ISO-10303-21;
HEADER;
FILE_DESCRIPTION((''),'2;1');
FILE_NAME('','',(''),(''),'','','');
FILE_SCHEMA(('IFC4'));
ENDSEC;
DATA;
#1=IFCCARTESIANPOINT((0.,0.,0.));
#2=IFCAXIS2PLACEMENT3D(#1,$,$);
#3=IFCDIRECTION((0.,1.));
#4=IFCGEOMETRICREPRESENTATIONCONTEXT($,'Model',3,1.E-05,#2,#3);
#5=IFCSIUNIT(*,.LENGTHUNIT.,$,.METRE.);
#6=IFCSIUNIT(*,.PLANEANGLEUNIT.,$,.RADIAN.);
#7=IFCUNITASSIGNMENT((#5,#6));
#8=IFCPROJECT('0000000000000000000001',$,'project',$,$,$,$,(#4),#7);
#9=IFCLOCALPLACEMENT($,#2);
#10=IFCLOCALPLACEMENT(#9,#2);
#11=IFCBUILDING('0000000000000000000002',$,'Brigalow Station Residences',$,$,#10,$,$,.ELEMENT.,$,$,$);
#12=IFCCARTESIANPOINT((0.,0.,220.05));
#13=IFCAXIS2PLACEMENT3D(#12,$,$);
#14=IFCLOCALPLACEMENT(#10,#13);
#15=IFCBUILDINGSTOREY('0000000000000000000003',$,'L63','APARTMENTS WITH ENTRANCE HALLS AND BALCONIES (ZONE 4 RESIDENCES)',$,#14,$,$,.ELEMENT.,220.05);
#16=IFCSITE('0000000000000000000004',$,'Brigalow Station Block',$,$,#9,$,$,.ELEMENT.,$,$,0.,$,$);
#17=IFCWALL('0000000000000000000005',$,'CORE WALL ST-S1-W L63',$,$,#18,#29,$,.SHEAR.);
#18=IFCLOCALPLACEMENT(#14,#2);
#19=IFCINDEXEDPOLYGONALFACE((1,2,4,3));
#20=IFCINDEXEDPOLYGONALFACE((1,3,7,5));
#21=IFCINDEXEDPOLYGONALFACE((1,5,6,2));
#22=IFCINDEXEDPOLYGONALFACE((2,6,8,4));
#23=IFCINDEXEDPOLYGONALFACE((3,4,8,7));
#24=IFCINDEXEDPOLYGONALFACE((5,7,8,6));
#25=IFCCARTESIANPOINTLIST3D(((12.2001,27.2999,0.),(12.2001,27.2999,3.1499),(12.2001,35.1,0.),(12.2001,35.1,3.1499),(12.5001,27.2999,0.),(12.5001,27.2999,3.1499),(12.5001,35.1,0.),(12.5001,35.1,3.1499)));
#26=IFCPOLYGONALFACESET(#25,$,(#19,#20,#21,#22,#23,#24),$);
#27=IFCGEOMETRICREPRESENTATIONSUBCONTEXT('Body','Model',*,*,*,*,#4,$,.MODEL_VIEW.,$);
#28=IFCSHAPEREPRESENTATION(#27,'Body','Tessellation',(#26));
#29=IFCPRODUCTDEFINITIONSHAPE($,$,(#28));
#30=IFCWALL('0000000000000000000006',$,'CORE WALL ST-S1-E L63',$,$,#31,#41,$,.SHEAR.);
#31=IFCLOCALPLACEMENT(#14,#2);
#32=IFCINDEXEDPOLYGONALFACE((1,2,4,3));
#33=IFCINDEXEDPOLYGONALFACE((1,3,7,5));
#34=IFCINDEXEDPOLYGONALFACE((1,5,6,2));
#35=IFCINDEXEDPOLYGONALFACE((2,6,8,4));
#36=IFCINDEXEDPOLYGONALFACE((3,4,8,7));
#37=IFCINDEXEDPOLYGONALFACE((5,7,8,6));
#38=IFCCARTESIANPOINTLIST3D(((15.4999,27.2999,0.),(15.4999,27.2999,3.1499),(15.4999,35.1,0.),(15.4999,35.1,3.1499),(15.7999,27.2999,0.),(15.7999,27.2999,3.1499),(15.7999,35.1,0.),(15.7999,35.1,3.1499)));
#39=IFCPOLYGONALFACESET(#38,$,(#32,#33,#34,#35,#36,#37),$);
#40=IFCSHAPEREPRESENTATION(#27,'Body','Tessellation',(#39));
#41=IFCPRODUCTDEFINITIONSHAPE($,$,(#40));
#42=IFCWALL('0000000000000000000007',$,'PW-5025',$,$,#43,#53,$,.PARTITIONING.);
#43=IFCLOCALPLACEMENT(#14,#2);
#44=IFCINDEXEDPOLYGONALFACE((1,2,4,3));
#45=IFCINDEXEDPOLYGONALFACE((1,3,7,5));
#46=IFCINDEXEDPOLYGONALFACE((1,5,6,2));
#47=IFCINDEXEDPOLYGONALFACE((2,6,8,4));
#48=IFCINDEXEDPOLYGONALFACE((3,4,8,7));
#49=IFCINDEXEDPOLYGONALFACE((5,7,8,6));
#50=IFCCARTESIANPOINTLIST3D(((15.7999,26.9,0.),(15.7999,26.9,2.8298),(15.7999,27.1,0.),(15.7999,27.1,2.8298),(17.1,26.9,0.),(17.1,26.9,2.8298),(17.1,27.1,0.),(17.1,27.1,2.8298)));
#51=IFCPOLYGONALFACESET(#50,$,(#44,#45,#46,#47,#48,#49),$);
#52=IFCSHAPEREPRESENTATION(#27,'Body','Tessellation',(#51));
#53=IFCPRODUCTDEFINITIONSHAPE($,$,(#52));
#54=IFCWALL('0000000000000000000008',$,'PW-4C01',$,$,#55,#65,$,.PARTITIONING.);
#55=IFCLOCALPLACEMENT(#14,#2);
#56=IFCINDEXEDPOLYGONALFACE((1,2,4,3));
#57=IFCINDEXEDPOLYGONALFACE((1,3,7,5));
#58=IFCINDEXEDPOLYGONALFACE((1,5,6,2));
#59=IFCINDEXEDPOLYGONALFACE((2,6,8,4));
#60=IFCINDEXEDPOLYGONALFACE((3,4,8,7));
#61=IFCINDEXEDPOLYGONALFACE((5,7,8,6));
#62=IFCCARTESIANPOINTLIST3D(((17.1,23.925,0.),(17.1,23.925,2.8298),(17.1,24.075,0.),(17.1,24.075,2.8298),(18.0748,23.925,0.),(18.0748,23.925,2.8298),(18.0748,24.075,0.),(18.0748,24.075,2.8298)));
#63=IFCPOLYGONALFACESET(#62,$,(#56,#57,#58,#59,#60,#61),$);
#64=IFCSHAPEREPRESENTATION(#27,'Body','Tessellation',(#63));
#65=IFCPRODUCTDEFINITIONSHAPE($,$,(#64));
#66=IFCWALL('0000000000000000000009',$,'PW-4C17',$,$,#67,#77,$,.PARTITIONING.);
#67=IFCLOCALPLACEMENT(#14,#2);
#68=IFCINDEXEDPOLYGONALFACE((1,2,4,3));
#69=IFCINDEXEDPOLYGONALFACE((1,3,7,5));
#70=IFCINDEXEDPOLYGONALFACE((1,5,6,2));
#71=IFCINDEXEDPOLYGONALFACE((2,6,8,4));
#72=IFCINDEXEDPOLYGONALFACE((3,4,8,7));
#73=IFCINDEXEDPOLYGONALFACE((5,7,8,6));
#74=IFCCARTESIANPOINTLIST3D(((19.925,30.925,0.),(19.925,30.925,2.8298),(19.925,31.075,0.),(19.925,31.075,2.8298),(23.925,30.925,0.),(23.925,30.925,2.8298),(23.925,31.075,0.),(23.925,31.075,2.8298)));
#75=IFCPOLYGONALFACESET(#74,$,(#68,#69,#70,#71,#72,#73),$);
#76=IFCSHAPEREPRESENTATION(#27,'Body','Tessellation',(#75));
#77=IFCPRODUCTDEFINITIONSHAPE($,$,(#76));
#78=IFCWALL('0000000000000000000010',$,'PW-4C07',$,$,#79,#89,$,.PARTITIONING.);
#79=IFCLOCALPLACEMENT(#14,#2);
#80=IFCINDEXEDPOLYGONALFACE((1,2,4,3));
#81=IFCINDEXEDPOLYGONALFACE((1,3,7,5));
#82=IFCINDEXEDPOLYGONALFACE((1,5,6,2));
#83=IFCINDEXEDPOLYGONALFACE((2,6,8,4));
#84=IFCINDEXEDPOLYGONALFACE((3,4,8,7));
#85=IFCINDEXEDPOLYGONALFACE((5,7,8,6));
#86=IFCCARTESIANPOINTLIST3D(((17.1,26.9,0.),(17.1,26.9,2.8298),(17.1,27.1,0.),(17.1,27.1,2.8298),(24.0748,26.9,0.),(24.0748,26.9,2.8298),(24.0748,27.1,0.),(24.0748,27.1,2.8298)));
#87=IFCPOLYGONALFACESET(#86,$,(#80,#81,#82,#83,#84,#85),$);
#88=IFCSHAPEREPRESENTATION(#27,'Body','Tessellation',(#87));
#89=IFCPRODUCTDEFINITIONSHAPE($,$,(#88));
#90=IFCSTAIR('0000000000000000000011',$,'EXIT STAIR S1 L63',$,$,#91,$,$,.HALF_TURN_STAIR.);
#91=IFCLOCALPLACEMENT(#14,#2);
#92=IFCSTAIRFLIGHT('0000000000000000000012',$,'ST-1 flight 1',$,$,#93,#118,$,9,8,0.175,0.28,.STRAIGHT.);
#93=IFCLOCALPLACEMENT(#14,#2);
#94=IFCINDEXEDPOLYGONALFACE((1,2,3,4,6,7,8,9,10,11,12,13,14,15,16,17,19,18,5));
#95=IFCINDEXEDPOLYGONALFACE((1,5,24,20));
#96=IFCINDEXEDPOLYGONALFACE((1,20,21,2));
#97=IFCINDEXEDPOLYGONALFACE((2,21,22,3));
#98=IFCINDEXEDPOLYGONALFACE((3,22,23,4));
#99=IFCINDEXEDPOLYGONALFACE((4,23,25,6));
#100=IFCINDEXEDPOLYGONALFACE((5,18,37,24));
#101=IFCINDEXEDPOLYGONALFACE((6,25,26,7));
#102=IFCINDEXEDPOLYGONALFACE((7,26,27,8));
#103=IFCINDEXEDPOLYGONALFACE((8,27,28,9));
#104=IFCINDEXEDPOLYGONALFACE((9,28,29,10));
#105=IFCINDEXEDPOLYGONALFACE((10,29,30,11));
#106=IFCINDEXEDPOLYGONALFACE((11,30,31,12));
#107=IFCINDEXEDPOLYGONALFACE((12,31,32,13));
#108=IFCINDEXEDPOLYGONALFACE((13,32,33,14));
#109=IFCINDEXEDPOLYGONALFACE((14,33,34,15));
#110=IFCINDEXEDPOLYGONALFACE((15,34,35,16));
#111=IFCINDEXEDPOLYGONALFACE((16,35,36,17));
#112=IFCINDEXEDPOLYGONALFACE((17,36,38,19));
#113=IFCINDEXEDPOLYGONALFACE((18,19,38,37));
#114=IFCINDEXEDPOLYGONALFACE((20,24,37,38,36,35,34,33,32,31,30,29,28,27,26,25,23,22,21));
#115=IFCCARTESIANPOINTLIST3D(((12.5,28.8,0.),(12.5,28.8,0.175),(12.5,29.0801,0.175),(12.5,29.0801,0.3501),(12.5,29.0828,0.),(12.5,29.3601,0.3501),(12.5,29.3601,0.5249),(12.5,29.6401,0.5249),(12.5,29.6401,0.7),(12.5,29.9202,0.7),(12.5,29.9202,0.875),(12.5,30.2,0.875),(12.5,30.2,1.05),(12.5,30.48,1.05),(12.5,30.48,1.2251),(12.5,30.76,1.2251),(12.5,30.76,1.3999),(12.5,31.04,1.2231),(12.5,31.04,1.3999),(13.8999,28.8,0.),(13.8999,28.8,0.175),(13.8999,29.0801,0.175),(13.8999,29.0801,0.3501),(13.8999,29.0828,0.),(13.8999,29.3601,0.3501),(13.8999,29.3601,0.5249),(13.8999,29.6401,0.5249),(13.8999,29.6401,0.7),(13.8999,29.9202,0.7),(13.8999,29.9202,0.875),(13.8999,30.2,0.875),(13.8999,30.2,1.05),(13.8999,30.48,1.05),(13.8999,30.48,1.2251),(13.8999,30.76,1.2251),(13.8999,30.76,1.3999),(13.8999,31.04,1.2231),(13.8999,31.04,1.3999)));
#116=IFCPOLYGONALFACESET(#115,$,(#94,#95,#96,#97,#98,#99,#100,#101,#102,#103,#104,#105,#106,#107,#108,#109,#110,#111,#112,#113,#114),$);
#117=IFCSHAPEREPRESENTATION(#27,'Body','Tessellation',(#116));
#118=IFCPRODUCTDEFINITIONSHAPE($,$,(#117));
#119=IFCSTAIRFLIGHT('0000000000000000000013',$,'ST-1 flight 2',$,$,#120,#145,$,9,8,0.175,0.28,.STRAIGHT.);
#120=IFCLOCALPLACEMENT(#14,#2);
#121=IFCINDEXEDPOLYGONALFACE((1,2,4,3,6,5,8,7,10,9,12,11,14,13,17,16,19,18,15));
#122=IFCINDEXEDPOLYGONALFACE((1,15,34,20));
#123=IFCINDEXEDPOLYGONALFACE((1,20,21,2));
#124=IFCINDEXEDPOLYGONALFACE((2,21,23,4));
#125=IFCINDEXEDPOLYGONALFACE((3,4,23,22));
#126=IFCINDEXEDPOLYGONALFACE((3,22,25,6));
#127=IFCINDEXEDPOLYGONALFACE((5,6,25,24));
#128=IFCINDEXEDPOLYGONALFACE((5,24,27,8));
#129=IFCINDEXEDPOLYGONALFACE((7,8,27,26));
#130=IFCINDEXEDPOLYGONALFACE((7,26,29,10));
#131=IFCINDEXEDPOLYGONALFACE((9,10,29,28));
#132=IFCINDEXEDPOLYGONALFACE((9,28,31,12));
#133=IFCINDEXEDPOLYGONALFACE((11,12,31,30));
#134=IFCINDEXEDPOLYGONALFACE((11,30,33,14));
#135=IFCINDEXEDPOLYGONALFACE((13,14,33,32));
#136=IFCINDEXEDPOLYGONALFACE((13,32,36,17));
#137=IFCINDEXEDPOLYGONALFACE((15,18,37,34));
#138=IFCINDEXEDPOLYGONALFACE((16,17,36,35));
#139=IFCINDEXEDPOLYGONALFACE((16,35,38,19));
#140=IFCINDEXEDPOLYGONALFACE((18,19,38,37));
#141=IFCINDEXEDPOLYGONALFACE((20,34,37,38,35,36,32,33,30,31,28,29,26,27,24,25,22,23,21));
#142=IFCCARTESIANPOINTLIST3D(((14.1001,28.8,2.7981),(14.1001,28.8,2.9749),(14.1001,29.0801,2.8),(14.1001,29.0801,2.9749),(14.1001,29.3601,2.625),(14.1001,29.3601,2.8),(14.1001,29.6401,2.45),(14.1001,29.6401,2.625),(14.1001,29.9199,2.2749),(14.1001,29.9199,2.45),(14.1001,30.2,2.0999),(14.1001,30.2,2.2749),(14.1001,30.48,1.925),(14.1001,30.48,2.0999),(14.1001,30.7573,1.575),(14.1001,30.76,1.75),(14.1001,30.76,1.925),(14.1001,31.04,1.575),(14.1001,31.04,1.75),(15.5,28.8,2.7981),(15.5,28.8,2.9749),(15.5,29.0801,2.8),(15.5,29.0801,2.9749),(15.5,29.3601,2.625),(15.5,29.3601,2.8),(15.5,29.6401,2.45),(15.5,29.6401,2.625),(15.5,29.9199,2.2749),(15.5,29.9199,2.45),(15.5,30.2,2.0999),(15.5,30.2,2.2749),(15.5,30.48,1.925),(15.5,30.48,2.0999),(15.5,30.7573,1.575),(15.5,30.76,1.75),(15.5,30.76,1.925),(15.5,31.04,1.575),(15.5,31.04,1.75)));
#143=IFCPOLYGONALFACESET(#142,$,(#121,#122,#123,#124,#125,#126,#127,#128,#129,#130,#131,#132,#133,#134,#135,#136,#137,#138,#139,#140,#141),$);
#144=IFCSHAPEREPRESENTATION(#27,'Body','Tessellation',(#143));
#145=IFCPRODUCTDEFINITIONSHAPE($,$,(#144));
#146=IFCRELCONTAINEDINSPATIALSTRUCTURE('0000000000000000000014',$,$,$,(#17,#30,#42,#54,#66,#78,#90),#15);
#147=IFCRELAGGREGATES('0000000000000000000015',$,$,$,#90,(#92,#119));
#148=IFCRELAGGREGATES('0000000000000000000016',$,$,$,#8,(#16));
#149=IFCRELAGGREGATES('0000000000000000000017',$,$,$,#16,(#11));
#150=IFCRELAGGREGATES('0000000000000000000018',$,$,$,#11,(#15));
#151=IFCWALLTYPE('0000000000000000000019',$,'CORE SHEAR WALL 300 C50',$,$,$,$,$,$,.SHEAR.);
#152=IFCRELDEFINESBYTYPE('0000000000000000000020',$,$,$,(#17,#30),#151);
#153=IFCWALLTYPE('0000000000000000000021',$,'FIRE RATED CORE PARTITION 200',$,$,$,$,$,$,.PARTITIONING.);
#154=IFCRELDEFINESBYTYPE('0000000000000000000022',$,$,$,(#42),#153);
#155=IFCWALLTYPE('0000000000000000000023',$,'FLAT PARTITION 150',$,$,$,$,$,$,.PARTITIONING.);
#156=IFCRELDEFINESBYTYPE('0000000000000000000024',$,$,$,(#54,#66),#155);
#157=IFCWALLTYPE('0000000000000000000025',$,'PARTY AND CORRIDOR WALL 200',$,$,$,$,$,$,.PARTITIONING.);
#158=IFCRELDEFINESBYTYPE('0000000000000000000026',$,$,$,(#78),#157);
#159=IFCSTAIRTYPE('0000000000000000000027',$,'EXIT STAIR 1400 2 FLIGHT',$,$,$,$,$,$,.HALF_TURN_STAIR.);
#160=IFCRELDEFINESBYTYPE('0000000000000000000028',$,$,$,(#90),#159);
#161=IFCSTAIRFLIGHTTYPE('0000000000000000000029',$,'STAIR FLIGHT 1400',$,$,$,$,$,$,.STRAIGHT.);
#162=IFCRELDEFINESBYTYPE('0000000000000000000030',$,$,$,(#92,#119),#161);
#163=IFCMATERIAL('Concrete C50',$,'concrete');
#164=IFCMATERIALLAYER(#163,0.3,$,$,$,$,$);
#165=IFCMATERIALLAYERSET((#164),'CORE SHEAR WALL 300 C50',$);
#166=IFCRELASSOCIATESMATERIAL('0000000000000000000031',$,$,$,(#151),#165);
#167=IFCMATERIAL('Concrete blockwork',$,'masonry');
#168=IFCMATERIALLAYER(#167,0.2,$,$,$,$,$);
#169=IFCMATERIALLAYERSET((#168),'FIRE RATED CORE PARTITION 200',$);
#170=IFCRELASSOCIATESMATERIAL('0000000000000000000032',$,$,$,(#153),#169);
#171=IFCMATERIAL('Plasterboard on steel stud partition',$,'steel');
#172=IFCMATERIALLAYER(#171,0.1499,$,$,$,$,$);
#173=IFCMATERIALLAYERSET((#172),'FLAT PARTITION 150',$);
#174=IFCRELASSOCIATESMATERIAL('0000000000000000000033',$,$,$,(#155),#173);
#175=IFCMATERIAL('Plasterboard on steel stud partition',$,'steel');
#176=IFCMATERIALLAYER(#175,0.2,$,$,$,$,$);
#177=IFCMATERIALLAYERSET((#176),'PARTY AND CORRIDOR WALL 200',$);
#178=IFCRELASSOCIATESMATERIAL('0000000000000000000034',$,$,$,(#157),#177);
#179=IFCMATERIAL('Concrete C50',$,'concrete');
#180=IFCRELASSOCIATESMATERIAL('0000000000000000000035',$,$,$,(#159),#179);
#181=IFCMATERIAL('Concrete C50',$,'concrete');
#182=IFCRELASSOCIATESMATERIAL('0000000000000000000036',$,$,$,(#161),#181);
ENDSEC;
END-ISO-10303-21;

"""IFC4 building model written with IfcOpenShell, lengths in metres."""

from ifc_helpers import new_model, si_unit, direction, frame, frame_2d, origin, place, context, subcontext, project, spatial, polyline, rectangle, outline, extrude, material, layer, layer_set, type_object, element, aggregate, save


model = new_model("IFC4")

# Units and contexts
model_context = context("Model", 3, precision=1e-05, world=origin(), true_north=direction((0.0, 1.0)))
body_context = subcontext(model_context, "Body", "Model", "MODEL_VIEW")
ifc_project = project(units=[si_unit("LENGTHUNIT", "METRE"), si_unit("PLANEANGLEUNIT", "RADIAN")], contexts=[model_context])

# Site, building, storey
site_placement = place(None, origin())
site = spatial("IfcSite", under=ifc_project, at=site_placement, Name="Brigalow Station Block", CompositionType="ELEMENT", RefElevation=0.0)
building_placement = place(site_placement, origin())
building = spatial("IfcBuilding", under=site, at=building_placement, Name="Brigalow Station Residences", CompositionType="ELEMENT")
storey_placement = place(building_placement, frame((0.0, 0.0, 220.05)))
storey = spatial("IfcBuildingStorey", under=building, at=storey_placement, Name="L63", Description="APARTMENTS WITH ENTRANCE HALLS AND BALCONIES (ZONE 4 RESIDENCES)", CompositionType="ELEMENT", Elevation=220.05)

# Shared definitions
ifc_material_1 = material(Name="Concrete C50", Category="concrete")
ifc_layer_1 = layer(ifc_material_1, 0.3)
ifc_layer_set_1 = layer_set([ifc_layer_1], Name="CORE SHEAR WALL 300 C50")
wall_type_1 = type_object("IfcWallType", Name="CORE SHEAR WALL 300 C50", PredefinedType="SHEAR", material=ifc_layer_set_1)

# Walls
for number, where, z_axis, x_axis, name in (
    (1, (12.3501, 27.3, 0.0), (0.0, 0.0, 1.0), (0.0, 1.0, 0.0), "CORE WALL ST-S1-W L63"),
    (2, (15.6499, 27.3, 0.0), (0.0, 0.0, 1.0), (0.0, 1.0, 0.0), "CORE WALL ST-S1-E L63"),
):
    element("IfcWall", number, at=place(storey_placement, frame(where, z_axis=z_axis, x_axis=x_axis)), inside=storey, type_object=wall_type_1, Name=name, PredefinedType="SHEAR", context=body_context, shape_type="SweptSolid", body=[
        extrude(rectangle(XDim=7.8, YDim=0.3, at=frame_2d((3.8999, 0.0))), origin(), (0.0, 0.0, 1.0), 3.1499),
    ])
ifc_material_2 = material(Name="Concrete blockwork", Category="masonry")
ifc_layer_2 = layer(ifc_material_2, 0.2)
ifc_layer_set_2 = layer_set([ifc_layer_2], Name="FIRE RATED CORE PARTITION 200")
wall_type_2 = type_object("IfcWallType", Name="FIRE RATED CORE PARTITION 200", PredefinedType="PARTITIONING", material=ifc_layer_set_2)
wall_1_placement = place(storey_placement, frame((15.8, 27.0, 0.0), z_axis=(0.0, 0.0, 1.0), x_axis=(1.0, 0.0, 0.0)))
element("IfcWall", 3, at=wall_1_placement, inside=storey, type_object=wall_type_2, Name="PW-5025", PredefinedType="PARTITIONING", context=body_context, shape_type="SweptSolid", body=[
    extrude(rectangle(XDim=1.3, YDim=0.2, at=frame_2d((0.6499, 0.0))), origin(), (0.0, 0.0, 1.0), 2.8298),
])
ifc_material_3 = material(Name="Plasterboard on steel stud partition", Category="steel")
ifc_layer_3 = layer(ifc_material_3, 0.1499)
ifc_layer_set_3 = layer_set([ifc_layer_3], Name="FLAT PARTITION 150")
wall_type_3 = type_object("IfcWallType", Name="FLAT PARTITION 150", PredefinedType="PARTITIONING", material=ifc_layer_set_3)
wall_2_placement = place(storey_placement, frame((17.1001, 24.0, 0.0), z_axis=(0.0, 0.0, 1.0), x_axis=(1.0, 0.0, 0.0)))
element("IfcWall", 4, at=wall_2_placement, inside=storey, type_object=wall_type_3, Name="PW-4C01", PredefinedType="PARTITIONING", context=body_context, shape_type="SweptSolid", body=[
    extrude(rectangle(XDim=0.9749, YDim=0.1499, at=frame_2d((0.4873, 0.0))), origin(), (0.0, 0.0, 1.0), 2.8298),
])
wall_3_placement = place(storey_placement, frame((19.925, 31.0, 0.0), z_axis=(0.0, 0.0, 1.0), x_axis=(1.0, 0.0, 0.0)))
element("IfcWall", 5, at=wall_3_placement, inside=storey, type_object=wall_type_3, Name="PW-4C17", PredefinedType="PARTITIONING", context=body_context, shape_type="SweptSolid", body=[
    extrude(rectangle(XDim=4.0, YDim=0.1499, at=frame_2d((2.0, 0.0))), origin(), (0.0, 0.0, 1.0), 2.8298),
])
ifc_material_4 = material(Name="Plasterboard on steel stud partition", Category="steel")
ifc_layer_4 = layer(ifc_material_4, 0.2)
ifc_layer_set_4 = layer_set([ifc_layer_4], Name="PARTY AND CORRIDOR WALL 200")
wall_type_4 = type_object("IfcWallType", Name="PARTY AND CORRIDOR WALL 200", PredefinedType="PARTITIONING", material=ifc_layer_set_4)
wall_4_placement = place(storey_placement, frame((17.1001, 27.0, 0.0), z_axis=(0.0, 0.0, 1.0), x_axis=(1.0, 0.0, 0.0)))
element("IfcWall", 6, at=wall_4_placement, inside=storey, type_object=wall_type_4, Name="PW-4C07", PredefinedType="PARTITIONING", context=body_context, shape_type="SweptSolid", body=[
    extrude(rectangle(XDim=6.9749, YDim=0.2, at=frame_2d((3.4873, 0.0))), origin(), (0.0, 0.0, 1.0), 2.8298),
])

# Stair, stair flights
ifc_material_5 = material(Name="Concrete C50", Category="concrete")
stair_type = type_object("IfcStairType", Name="EXIT STAIR 1400 2 FLIGHT", PredefinedType="HALF_TURN_STAIR", material=ifc_material_5)
stair_placement = place(storey_placement, origin())
stair = element("IfcStair", 7, at=stair_placement, inside=storey, type_object=stair_type, Name="EXIT STAIR S1 L63", PredefinedType="HALF_TURN_STAIR")
ifc_material_6 = material(Name="Concrete C50", Category="concrete")
stair_flight_type = type_object("IfcStairFlightType", Name="STAIR FLIGHT 1400", PredefinedType="STRAIGHT", material=ifc_material_6)
stair_flight_1_placement = place(storey_placement, frame((13.2, 28.8, 0.0), z_axis=(0.0, 0.0, 1.0), x_axis=(0.0, 1.0, 0.0)))
stair_flight_1 = element("IfcStairFlight", 8, at=stair_flight_1_placement, type_object=stair_flight_type, Name="ST-1 flight 1", NumberOfRisers=9, NumberOfTreads=8, PredefinedType="STRAIGHT", RiserHeight=0.175, TreadLength=0.28, context=body_context, shape_type="SweptSolid", body=[
    extrude(outline(polyline([(0.0, 0.0), (0.0, 0.175), (0.28, 0.175), (0.28, 0.3501), (0.5601, 0.3501), (0.5601, 0.5249), (0.8401, 0.5249), (0.8401, 0.7), (1.1201, 0.7), (1.1201, 0.875), (1.3999, 0.875), (1.3999, 1.05), (1.6799, 1.05), (1.6799, 1.2251), (1.96, 1.2251), (1.96, 1.3999), (2.24, 1.3999), (2.24, 1.575), (2.24, 1.2231), (0.2827, 0.0), (0.0, 0.0)])), frame((0.0, 0.7, 0.0), z_axis=(0.0, -1.0, 0.0), x_axis=(1.0, 0.0, 0.0)), (0.0, 0.0, 1.0), 1.3999),
])
stair_flight_2_placement = place(storey_placement, frame((14.8, 31.04, 1.575), z_axis=(0.0, 0.0, 1.0), x_axis=(0.0, -1.0, 0.0)))
stair_flight_2 = element("IfcStairFlight", 9, at=stair_flight_2_placement, type_object=stair_flight_type, Name="ST-1 flight 2", NumberOfRisers=9, NumberOfTreads=8, PredefinedType="STRAIGHT", RiserHeight=0.175, TreadLength=0.28, context=body_context, shape_type="SweptSolid", body=[
    extrude(outline(polyline([(0.0, 0.0), (0.0, 0.175), (0.28, 0.175), (0.28, 0.3501), (0.5601, 0.3501), (0.5601, 0.5249), (0.8401, 0.5249), (0.8401, 0.7), (1.1201, 0.7), (1.1201, 0.875), (1.3999, 0.875), (1.3999, 1.05), (1.6799, 1.05), (1.6799, 1.2251), (1.96, 1.2251), (1.96, 1.3999), (2.24, 1.3999), (2.24, 1.575), (2.24, 1.2231), (0.2827, 0.0), (0.0, 0.0)])), frame((0.0, 0.7, 0.0), z_axis=(0.0, -1.0, 0.0), x_axis=(1.0, 0.0, 0.0)), (0.0, 0.0, 1.0), 1.3999),
])
aggregate(stair, [stair_flight_1, stair_flight_2])

save(model, "model.ifc")
